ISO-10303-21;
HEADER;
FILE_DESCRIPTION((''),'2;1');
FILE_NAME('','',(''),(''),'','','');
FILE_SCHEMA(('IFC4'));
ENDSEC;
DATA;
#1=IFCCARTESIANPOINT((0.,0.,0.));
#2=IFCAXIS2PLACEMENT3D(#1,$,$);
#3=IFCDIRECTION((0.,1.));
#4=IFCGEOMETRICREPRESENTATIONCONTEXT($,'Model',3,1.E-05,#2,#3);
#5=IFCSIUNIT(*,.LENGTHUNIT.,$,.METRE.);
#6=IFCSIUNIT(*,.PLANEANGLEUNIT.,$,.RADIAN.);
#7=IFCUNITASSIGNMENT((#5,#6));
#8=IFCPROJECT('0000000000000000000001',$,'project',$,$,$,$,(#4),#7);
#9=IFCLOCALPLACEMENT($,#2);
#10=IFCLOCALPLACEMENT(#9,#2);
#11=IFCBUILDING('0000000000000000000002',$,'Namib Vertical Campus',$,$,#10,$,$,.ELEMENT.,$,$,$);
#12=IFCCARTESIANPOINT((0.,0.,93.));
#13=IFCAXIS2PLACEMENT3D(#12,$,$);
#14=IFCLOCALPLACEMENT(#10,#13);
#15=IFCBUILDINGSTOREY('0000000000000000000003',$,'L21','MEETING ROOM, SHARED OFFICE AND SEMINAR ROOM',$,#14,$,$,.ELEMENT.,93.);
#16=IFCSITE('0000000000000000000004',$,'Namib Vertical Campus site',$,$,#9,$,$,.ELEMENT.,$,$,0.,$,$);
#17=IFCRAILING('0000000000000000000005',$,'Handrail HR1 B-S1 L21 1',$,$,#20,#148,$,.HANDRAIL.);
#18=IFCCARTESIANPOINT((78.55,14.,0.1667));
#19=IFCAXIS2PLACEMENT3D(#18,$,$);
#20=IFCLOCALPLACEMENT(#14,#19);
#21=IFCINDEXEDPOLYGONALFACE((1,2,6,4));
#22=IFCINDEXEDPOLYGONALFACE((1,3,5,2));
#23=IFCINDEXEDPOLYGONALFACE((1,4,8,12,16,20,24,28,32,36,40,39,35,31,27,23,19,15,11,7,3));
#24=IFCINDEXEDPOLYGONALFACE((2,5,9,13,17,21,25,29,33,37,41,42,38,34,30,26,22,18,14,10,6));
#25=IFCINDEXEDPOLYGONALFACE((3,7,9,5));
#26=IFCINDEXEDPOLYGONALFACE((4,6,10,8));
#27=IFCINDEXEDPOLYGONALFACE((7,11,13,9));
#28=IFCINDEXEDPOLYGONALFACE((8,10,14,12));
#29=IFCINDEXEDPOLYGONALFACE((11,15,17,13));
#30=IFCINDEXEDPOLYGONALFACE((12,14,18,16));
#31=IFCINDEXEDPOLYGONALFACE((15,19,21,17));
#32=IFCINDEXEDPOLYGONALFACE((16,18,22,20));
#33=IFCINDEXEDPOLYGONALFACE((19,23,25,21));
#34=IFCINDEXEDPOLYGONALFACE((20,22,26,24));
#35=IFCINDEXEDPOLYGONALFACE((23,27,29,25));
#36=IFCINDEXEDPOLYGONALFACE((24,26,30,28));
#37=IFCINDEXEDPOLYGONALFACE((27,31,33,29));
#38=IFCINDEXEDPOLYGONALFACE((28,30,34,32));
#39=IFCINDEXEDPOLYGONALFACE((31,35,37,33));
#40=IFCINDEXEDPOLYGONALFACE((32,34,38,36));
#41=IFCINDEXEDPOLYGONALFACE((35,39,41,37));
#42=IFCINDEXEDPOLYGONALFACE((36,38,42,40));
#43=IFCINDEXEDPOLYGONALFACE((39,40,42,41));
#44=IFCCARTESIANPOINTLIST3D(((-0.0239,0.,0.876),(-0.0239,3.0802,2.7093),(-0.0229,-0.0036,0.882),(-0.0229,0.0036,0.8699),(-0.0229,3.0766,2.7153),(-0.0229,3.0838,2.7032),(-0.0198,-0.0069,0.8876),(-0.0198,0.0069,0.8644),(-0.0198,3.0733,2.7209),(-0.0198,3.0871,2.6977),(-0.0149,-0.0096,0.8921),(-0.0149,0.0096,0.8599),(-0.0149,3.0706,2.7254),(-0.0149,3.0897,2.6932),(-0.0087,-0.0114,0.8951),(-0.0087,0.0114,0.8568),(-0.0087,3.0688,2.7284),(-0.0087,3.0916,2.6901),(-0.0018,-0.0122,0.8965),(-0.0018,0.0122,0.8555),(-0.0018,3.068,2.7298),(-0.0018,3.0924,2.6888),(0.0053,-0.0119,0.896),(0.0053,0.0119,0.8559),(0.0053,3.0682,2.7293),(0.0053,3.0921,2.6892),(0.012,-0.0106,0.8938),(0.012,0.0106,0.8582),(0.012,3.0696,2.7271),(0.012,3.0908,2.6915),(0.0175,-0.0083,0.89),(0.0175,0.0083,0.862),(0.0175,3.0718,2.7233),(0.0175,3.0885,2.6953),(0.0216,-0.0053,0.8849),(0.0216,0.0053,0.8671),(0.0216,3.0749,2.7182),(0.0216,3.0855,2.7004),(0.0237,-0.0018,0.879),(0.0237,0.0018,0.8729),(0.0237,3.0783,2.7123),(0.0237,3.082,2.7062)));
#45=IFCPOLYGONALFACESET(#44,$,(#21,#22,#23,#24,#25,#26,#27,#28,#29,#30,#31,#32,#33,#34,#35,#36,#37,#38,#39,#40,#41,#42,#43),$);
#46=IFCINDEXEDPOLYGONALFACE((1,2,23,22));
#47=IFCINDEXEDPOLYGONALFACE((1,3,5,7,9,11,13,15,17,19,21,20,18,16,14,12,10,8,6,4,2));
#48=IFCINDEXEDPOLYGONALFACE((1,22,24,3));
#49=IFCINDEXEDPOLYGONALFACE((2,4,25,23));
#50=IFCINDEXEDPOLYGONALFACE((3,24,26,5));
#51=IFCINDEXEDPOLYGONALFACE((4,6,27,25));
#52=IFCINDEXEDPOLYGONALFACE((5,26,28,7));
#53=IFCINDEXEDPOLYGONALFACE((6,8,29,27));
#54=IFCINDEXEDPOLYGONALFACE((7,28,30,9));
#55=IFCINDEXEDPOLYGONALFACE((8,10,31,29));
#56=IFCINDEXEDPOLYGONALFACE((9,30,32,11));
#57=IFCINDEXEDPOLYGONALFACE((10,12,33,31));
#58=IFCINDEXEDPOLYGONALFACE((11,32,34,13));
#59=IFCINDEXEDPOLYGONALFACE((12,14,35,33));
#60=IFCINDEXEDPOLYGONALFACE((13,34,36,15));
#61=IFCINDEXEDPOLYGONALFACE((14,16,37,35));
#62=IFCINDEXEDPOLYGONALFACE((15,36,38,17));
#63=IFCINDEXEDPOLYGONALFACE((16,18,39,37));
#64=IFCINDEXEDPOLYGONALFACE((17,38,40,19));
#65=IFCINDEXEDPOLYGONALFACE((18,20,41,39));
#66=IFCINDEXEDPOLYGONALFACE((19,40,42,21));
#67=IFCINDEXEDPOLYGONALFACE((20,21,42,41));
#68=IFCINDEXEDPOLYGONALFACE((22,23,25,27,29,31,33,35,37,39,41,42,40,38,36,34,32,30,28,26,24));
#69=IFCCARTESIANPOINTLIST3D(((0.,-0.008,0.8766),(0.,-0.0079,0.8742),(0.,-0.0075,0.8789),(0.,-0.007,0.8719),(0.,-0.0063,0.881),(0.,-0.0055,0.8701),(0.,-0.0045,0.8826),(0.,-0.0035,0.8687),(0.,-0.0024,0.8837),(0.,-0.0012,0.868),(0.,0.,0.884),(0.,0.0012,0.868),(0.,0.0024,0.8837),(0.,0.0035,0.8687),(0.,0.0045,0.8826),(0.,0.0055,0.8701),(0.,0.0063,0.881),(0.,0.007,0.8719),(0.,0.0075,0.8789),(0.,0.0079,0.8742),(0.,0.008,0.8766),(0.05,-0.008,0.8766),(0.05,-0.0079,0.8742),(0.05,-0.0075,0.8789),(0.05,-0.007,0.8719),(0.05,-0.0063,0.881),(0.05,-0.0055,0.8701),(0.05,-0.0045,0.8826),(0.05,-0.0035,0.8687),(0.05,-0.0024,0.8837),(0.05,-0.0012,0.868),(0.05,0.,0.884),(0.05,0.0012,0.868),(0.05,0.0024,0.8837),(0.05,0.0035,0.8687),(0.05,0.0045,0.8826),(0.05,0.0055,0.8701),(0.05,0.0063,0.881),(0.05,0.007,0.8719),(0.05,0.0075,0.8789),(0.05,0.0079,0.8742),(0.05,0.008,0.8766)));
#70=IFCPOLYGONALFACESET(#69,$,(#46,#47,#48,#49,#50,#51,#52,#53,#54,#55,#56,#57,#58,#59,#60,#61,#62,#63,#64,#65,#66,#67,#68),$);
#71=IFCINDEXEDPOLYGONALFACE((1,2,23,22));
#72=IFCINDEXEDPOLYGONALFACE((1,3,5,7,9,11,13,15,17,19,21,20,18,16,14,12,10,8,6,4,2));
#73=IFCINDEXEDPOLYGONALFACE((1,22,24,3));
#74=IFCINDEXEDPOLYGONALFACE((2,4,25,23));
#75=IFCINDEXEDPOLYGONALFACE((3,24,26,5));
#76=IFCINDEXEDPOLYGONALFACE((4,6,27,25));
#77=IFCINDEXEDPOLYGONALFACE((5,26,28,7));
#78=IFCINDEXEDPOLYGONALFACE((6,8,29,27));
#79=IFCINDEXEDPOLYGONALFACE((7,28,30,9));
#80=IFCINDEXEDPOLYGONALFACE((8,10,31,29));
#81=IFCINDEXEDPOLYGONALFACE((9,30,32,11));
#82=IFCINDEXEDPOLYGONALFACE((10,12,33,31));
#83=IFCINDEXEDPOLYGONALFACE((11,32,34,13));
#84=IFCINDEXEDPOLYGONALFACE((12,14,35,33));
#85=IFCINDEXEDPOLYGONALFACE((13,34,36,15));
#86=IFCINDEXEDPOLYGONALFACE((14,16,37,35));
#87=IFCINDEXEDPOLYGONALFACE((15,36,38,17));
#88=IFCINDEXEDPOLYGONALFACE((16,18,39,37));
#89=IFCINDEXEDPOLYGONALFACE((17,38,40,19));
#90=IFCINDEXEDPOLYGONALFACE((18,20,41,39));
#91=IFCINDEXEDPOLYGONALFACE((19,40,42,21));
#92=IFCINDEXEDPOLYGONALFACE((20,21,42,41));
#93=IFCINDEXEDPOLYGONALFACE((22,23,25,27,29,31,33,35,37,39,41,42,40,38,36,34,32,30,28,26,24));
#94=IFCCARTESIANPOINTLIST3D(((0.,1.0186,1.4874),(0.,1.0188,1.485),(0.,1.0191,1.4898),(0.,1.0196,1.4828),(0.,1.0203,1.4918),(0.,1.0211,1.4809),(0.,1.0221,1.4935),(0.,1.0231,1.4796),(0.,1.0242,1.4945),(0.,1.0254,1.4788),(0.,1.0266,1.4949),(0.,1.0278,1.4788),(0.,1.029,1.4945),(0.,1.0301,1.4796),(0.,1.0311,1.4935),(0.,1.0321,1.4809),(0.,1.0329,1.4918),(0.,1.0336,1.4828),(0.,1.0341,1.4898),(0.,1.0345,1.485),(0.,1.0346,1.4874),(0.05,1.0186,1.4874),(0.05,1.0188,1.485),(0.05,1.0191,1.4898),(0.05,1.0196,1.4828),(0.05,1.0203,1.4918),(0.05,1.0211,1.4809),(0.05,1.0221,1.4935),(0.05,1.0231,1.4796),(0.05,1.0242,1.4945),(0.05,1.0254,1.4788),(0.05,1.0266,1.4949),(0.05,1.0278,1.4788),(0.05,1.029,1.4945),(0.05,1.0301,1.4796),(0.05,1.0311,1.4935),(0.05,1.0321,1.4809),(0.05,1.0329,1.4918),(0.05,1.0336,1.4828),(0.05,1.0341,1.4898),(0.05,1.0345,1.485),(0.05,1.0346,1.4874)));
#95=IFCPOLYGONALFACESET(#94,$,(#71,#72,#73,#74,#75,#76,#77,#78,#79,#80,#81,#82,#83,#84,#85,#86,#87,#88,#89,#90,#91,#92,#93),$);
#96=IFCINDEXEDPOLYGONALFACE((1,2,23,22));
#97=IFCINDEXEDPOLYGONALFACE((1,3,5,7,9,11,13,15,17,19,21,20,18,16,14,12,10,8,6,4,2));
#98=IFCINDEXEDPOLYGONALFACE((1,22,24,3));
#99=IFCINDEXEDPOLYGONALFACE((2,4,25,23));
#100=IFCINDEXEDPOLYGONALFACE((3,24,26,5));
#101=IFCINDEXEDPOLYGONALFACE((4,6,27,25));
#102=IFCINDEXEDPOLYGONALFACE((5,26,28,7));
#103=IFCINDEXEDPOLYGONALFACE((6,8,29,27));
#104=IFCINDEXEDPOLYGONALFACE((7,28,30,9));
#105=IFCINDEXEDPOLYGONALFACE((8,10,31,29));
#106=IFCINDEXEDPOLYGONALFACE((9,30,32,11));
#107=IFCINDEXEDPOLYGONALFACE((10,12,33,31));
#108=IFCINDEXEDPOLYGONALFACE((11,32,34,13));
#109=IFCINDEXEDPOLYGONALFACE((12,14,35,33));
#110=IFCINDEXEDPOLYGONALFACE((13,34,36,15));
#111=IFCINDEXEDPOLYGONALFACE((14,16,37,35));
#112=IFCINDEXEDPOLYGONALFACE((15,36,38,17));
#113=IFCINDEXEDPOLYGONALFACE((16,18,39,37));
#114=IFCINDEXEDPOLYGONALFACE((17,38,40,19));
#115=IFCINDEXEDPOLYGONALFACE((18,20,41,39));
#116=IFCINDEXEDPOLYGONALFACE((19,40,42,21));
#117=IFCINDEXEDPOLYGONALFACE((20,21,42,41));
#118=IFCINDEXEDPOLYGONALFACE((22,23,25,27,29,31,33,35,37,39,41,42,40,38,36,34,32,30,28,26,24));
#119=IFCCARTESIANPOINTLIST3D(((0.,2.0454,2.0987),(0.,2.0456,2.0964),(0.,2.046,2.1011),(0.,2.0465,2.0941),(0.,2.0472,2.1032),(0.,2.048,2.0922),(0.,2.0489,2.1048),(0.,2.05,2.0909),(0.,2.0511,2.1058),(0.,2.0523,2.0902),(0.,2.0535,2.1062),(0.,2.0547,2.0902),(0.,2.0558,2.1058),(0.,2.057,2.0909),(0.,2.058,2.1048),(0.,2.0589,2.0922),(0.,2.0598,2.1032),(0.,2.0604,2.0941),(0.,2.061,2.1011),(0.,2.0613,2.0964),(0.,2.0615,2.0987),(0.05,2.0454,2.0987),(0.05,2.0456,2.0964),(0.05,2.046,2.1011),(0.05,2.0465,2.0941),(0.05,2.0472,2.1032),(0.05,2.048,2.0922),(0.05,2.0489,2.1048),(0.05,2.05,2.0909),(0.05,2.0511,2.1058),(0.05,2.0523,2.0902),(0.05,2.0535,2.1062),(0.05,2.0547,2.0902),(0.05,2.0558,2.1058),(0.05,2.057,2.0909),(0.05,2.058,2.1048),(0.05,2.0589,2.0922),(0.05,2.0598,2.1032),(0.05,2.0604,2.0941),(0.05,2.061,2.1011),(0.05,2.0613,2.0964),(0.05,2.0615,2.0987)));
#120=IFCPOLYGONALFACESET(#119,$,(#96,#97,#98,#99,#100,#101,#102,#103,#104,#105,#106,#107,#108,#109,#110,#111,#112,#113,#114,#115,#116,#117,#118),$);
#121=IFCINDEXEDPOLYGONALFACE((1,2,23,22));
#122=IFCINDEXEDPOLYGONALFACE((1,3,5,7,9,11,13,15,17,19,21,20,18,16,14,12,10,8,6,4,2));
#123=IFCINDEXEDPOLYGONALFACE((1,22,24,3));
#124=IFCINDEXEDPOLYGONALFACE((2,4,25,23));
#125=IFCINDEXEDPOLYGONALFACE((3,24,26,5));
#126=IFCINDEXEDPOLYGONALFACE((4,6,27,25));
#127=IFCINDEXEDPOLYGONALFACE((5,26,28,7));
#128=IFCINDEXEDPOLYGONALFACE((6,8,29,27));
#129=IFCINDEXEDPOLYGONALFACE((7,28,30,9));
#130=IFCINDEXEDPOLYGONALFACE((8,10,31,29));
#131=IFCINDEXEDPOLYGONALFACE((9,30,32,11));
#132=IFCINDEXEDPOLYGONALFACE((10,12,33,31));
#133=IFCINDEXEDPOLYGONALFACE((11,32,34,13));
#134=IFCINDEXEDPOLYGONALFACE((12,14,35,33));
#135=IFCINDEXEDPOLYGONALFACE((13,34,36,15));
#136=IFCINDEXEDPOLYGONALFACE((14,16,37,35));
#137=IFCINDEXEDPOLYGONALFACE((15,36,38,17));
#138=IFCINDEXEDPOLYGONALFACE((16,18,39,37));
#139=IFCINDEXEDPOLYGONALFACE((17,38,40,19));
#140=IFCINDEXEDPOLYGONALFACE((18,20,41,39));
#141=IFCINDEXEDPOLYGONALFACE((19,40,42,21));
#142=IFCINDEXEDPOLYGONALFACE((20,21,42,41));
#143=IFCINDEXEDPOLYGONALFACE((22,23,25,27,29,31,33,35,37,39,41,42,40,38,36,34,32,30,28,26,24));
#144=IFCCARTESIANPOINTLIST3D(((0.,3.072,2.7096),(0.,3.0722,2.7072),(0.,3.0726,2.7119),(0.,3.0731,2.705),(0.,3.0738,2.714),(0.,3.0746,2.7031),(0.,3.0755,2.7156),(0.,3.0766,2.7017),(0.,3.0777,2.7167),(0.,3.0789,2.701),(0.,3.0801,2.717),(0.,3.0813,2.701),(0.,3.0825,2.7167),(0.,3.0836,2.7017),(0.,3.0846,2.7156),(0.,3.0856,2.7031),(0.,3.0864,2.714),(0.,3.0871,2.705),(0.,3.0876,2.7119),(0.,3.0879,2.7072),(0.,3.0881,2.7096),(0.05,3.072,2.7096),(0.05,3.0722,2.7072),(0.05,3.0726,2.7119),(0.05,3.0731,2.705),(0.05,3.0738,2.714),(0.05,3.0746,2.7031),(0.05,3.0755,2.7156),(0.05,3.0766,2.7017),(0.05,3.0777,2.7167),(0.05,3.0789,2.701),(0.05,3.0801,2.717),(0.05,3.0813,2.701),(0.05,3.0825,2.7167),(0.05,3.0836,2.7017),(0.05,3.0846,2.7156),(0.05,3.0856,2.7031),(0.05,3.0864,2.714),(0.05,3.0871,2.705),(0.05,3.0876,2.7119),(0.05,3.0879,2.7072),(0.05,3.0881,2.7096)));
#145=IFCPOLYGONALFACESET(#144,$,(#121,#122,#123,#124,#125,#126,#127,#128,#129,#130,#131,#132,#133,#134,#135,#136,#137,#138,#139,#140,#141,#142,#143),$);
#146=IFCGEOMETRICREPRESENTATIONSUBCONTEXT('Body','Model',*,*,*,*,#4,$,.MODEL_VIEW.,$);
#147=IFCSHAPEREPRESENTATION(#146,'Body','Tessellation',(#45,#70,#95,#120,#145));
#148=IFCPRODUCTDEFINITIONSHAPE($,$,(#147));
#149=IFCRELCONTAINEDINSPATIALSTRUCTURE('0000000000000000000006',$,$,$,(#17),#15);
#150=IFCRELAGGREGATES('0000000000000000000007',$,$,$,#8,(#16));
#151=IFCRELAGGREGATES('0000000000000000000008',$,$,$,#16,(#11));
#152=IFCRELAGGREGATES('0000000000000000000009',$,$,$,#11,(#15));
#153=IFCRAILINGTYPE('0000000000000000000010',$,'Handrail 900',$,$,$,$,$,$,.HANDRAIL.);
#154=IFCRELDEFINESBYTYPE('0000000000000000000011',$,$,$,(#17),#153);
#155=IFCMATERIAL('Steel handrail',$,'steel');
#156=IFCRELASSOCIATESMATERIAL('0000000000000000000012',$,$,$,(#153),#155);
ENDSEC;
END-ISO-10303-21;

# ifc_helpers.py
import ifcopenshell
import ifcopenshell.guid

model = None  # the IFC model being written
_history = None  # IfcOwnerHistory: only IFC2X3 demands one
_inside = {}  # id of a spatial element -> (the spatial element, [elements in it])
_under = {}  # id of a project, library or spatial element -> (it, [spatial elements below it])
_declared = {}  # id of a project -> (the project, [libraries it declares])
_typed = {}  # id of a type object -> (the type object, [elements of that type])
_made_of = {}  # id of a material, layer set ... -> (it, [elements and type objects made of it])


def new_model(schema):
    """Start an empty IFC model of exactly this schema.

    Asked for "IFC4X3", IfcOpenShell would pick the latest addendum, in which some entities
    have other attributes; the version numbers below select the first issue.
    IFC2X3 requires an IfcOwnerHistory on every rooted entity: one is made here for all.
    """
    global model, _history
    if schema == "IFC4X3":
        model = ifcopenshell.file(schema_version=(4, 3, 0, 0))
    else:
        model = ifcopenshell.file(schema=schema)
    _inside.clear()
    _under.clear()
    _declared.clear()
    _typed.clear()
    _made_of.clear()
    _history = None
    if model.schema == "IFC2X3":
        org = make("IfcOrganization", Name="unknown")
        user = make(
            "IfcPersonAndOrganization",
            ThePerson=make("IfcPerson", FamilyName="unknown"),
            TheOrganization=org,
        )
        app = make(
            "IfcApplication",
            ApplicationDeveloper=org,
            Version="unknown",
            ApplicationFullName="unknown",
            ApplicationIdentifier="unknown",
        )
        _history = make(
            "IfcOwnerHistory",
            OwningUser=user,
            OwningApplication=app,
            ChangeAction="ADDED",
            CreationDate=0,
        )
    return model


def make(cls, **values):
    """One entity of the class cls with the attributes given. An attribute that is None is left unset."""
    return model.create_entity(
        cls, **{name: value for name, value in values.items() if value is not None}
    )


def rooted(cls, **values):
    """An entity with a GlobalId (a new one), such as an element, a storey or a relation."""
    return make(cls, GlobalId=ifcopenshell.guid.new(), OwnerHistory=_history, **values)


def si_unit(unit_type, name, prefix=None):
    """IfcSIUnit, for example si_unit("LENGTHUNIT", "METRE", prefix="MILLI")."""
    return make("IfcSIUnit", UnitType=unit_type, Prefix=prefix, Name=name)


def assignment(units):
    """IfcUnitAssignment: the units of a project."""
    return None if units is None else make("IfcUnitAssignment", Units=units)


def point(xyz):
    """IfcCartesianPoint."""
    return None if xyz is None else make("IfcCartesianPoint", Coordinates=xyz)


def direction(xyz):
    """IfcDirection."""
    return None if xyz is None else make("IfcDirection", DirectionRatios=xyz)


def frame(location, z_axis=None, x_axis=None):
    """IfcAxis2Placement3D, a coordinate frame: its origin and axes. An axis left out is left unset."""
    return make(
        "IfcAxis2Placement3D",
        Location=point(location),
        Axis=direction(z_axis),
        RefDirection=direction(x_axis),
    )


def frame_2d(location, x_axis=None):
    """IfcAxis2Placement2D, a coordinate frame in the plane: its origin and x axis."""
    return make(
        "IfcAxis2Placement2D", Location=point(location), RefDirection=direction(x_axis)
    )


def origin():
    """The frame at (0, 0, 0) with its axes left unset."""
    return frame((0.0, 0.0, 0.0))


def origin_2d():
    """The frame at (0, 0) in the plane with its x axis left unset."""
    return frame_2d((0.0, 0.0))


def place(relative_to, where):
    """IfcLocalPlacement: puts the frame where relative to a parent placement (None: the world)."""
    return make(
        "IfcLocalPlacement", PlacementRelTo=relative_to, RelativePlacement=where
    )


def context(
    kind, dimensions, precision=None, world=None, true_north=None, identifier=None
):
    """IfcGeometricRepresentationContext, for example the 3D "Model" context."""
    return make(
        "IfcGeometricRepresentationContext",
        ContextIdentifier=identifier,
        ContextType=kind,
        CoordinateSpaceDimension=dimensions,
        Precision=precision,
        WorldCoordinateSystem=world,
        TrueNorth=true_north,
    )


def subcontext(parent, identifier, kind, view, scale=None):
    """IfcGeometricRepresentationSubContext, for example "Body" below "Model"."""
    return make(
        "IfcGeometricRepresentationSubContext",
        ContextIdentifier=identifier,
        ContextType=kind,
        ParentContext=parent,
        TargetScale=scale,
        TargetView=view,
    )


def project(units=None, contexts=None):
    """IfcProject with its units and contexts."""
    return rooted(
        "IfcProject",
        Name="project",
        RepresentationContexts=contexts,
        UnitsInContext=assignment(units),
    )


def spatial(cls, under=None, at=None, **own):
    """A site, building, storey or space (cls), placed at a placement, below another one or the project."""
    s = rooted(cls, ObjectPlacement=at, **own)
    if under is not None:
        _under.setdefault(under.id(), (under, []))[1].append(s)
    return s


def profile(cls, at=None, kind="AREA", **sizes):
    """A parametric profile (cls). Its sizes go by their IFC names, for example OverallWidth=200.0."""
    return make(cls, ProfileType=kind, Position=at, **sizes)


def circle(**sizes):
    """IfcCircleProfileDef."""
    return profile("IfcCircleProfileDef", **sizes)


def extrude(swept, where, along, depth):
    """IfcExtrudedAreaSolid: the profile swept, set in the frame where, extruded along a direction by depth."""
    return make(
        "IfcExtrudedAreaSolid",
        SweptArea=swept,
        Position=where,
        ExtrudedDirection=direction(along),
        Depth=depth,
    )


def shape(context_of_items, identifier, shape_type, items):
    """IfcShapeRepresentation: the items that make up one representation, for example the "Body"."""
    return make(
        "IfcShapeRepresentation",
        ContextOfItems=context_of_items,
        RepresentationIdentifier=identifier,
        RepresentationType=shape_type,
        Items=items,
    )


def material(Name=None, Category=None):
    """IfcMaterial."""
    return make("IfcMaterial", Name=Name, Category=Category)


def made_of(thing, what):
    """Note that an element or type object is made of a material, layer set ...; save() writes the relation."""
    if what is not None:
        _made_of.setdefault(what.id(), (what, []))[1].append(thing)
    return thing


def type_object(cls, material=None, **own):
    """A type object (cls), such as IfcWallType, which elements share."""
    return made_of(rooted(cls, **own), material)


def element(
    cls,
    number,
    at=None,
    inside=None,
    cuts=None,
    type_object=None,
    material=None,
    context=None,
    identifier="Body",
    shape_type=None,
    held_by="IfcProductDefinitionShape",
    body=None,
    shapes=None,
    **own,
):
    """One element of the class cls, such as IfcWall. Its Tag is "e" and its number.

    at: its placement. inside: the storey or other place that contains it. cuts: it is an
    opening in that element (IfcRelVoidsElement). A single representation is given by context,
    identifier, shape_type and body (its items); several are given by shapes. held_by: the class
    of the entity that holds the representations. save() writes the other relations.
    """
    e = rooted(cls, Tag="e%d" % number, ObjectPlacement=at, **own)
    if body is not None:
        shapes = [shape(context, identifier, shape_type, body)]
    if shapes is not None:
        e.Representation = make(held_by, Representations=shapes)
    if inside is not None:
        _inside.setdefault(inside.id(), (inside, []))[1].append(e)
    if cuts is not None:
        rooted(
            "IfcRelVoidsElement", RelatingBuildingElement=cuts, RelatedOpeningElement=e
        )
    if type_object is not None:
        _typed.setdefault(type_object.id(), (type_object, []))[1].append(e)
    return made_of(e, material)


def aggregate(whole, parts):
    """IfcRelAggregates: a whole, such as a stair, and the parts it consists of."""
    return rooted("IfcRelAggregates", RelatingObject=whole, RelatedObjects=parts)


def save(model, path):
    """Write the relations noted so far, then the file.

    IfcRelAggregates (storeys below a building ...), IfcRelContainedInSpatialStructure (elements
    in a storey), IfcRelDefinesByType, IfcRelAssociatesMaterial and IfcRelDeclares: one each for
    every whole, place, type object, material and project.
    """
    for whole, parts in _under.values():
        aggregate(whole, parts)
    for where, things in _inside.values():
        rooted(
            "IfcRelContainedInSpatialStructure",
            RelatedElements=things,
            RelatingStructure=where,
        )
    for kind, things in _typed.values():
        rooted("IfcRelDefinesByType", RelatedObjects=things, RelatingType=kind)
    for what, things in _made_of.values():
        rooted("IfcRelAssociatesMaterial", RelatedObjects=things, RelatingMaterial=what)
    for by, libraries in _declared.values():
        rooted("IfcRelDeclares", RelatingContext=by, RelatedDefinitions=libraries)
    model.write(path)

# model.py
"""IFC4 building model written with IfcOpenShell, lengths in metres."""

from ifc_helpers import new_model, si_unit, direction, frame, origin, origin_2d, place, context, subcontext, project, spatial, circle, extrude, material, type_object, element, save


model = new_model("IFC4")

# Units and contexts
model_context = context("Model", 3, precision=1e-05, world=origin(), true_north=direction((0.0, 1.0)))
body_context = subcontext(model_context, "Body", "Model", "MODEL_VIEW")
ifc_project = project(units=[si_unit("LENGTHUNIT", "METRE"), si_unit("PLANEANGLEUNIT", "RADIAN")], contexts=[model_context])

# Site, building, storey
site_placement = place(None, origin())
site = spatial("IfcSite", under=ifc_project, at=site_placement, Name="Namib Vertical Campus site", CompositionType="ELEMENT", RefElevation=0.0)
building_placement = place(site_placement, origin())
building = spatial("IfcBuilding", under=site, at=building_placement, Name="Namib Vertical Campus", CompositionType="ELEMENT")
storey_placement = place(building_placement, frame((0.0, 0.0, 93.0)))
storey = spatial("IfcBuildingStorey", under=building, at=storey_placement, Name="L21", Description="MEETING ROOM, SHARED OFFICE AND SEMINAR ROOM", CompositionType="ELEMENT", Elevation=93.0)

# Railing
ifc_material_1 = material(Name="Steel handrail", Category="steel")
railing_type = type_object("IfcRailingType", Name="Handrail 900", PredefinedType="HANDRAIL", material=ifc_material_1)
railing_1_placement = place(storey_placement, frame((78.55, 14.0, 0.1667)))
element("IfcRailing", 1, at=railing_1_placement, inside=storey, type_object=railing_type, Name="Handrail HR1 B-S1 L21 1", PredefinedType="HANDRAIL", context=body_context, shape_type="SweptSolid", body=[
    extrude(circle(Radius=0.0239, at=origin_2d()), frame((0.0, 0.0, 0.876), z_axis=(0.0, 0.859309, 0.511458), x_axis=(-1.0, 0.0, 0.0)), (0.0, 0.0, 1.0), 3.5845),
    extrude(circle(Radius=0.0081, at=origin_2d()), frame((0.0, 0.0, 0.876), z_axis=(1.0, 0.0, 0.0), x_axis=(0.0, 0.0, 1.0)), (0.0, 0.0, 1.0), 0.05),
    extrude(circle(Radius=0.0081, at=origin_2d()), frame((0.0, 1.0266, 1.4868), z_axis=(1.0, 0.0, 0.0), x_axis=(0.0, 0.0, 1.0)), (0.0, 0.0, 1.0), 0.05),
    extrude(circle(Radius=0.0081, at=origin_2d()), frame((0.0, 2.0535, 2.0981), z_axis=(1.0, 0.0, 0.0), x_axis=(0.0, 0.0, 1.0)), (0.0, 0.0, 1.0), 0.05),
    extrude(circle(Radius=0.0081, at=origin_2d()), frame((0.0, 3.0801, 2.709), z_axis=(1.0, 0.0, 0.0), x_axis=(0.0, 0.0, 1.0)), (0.0, 0.0, 1.0), 0.05),
])

save(model, "model.ifc")
